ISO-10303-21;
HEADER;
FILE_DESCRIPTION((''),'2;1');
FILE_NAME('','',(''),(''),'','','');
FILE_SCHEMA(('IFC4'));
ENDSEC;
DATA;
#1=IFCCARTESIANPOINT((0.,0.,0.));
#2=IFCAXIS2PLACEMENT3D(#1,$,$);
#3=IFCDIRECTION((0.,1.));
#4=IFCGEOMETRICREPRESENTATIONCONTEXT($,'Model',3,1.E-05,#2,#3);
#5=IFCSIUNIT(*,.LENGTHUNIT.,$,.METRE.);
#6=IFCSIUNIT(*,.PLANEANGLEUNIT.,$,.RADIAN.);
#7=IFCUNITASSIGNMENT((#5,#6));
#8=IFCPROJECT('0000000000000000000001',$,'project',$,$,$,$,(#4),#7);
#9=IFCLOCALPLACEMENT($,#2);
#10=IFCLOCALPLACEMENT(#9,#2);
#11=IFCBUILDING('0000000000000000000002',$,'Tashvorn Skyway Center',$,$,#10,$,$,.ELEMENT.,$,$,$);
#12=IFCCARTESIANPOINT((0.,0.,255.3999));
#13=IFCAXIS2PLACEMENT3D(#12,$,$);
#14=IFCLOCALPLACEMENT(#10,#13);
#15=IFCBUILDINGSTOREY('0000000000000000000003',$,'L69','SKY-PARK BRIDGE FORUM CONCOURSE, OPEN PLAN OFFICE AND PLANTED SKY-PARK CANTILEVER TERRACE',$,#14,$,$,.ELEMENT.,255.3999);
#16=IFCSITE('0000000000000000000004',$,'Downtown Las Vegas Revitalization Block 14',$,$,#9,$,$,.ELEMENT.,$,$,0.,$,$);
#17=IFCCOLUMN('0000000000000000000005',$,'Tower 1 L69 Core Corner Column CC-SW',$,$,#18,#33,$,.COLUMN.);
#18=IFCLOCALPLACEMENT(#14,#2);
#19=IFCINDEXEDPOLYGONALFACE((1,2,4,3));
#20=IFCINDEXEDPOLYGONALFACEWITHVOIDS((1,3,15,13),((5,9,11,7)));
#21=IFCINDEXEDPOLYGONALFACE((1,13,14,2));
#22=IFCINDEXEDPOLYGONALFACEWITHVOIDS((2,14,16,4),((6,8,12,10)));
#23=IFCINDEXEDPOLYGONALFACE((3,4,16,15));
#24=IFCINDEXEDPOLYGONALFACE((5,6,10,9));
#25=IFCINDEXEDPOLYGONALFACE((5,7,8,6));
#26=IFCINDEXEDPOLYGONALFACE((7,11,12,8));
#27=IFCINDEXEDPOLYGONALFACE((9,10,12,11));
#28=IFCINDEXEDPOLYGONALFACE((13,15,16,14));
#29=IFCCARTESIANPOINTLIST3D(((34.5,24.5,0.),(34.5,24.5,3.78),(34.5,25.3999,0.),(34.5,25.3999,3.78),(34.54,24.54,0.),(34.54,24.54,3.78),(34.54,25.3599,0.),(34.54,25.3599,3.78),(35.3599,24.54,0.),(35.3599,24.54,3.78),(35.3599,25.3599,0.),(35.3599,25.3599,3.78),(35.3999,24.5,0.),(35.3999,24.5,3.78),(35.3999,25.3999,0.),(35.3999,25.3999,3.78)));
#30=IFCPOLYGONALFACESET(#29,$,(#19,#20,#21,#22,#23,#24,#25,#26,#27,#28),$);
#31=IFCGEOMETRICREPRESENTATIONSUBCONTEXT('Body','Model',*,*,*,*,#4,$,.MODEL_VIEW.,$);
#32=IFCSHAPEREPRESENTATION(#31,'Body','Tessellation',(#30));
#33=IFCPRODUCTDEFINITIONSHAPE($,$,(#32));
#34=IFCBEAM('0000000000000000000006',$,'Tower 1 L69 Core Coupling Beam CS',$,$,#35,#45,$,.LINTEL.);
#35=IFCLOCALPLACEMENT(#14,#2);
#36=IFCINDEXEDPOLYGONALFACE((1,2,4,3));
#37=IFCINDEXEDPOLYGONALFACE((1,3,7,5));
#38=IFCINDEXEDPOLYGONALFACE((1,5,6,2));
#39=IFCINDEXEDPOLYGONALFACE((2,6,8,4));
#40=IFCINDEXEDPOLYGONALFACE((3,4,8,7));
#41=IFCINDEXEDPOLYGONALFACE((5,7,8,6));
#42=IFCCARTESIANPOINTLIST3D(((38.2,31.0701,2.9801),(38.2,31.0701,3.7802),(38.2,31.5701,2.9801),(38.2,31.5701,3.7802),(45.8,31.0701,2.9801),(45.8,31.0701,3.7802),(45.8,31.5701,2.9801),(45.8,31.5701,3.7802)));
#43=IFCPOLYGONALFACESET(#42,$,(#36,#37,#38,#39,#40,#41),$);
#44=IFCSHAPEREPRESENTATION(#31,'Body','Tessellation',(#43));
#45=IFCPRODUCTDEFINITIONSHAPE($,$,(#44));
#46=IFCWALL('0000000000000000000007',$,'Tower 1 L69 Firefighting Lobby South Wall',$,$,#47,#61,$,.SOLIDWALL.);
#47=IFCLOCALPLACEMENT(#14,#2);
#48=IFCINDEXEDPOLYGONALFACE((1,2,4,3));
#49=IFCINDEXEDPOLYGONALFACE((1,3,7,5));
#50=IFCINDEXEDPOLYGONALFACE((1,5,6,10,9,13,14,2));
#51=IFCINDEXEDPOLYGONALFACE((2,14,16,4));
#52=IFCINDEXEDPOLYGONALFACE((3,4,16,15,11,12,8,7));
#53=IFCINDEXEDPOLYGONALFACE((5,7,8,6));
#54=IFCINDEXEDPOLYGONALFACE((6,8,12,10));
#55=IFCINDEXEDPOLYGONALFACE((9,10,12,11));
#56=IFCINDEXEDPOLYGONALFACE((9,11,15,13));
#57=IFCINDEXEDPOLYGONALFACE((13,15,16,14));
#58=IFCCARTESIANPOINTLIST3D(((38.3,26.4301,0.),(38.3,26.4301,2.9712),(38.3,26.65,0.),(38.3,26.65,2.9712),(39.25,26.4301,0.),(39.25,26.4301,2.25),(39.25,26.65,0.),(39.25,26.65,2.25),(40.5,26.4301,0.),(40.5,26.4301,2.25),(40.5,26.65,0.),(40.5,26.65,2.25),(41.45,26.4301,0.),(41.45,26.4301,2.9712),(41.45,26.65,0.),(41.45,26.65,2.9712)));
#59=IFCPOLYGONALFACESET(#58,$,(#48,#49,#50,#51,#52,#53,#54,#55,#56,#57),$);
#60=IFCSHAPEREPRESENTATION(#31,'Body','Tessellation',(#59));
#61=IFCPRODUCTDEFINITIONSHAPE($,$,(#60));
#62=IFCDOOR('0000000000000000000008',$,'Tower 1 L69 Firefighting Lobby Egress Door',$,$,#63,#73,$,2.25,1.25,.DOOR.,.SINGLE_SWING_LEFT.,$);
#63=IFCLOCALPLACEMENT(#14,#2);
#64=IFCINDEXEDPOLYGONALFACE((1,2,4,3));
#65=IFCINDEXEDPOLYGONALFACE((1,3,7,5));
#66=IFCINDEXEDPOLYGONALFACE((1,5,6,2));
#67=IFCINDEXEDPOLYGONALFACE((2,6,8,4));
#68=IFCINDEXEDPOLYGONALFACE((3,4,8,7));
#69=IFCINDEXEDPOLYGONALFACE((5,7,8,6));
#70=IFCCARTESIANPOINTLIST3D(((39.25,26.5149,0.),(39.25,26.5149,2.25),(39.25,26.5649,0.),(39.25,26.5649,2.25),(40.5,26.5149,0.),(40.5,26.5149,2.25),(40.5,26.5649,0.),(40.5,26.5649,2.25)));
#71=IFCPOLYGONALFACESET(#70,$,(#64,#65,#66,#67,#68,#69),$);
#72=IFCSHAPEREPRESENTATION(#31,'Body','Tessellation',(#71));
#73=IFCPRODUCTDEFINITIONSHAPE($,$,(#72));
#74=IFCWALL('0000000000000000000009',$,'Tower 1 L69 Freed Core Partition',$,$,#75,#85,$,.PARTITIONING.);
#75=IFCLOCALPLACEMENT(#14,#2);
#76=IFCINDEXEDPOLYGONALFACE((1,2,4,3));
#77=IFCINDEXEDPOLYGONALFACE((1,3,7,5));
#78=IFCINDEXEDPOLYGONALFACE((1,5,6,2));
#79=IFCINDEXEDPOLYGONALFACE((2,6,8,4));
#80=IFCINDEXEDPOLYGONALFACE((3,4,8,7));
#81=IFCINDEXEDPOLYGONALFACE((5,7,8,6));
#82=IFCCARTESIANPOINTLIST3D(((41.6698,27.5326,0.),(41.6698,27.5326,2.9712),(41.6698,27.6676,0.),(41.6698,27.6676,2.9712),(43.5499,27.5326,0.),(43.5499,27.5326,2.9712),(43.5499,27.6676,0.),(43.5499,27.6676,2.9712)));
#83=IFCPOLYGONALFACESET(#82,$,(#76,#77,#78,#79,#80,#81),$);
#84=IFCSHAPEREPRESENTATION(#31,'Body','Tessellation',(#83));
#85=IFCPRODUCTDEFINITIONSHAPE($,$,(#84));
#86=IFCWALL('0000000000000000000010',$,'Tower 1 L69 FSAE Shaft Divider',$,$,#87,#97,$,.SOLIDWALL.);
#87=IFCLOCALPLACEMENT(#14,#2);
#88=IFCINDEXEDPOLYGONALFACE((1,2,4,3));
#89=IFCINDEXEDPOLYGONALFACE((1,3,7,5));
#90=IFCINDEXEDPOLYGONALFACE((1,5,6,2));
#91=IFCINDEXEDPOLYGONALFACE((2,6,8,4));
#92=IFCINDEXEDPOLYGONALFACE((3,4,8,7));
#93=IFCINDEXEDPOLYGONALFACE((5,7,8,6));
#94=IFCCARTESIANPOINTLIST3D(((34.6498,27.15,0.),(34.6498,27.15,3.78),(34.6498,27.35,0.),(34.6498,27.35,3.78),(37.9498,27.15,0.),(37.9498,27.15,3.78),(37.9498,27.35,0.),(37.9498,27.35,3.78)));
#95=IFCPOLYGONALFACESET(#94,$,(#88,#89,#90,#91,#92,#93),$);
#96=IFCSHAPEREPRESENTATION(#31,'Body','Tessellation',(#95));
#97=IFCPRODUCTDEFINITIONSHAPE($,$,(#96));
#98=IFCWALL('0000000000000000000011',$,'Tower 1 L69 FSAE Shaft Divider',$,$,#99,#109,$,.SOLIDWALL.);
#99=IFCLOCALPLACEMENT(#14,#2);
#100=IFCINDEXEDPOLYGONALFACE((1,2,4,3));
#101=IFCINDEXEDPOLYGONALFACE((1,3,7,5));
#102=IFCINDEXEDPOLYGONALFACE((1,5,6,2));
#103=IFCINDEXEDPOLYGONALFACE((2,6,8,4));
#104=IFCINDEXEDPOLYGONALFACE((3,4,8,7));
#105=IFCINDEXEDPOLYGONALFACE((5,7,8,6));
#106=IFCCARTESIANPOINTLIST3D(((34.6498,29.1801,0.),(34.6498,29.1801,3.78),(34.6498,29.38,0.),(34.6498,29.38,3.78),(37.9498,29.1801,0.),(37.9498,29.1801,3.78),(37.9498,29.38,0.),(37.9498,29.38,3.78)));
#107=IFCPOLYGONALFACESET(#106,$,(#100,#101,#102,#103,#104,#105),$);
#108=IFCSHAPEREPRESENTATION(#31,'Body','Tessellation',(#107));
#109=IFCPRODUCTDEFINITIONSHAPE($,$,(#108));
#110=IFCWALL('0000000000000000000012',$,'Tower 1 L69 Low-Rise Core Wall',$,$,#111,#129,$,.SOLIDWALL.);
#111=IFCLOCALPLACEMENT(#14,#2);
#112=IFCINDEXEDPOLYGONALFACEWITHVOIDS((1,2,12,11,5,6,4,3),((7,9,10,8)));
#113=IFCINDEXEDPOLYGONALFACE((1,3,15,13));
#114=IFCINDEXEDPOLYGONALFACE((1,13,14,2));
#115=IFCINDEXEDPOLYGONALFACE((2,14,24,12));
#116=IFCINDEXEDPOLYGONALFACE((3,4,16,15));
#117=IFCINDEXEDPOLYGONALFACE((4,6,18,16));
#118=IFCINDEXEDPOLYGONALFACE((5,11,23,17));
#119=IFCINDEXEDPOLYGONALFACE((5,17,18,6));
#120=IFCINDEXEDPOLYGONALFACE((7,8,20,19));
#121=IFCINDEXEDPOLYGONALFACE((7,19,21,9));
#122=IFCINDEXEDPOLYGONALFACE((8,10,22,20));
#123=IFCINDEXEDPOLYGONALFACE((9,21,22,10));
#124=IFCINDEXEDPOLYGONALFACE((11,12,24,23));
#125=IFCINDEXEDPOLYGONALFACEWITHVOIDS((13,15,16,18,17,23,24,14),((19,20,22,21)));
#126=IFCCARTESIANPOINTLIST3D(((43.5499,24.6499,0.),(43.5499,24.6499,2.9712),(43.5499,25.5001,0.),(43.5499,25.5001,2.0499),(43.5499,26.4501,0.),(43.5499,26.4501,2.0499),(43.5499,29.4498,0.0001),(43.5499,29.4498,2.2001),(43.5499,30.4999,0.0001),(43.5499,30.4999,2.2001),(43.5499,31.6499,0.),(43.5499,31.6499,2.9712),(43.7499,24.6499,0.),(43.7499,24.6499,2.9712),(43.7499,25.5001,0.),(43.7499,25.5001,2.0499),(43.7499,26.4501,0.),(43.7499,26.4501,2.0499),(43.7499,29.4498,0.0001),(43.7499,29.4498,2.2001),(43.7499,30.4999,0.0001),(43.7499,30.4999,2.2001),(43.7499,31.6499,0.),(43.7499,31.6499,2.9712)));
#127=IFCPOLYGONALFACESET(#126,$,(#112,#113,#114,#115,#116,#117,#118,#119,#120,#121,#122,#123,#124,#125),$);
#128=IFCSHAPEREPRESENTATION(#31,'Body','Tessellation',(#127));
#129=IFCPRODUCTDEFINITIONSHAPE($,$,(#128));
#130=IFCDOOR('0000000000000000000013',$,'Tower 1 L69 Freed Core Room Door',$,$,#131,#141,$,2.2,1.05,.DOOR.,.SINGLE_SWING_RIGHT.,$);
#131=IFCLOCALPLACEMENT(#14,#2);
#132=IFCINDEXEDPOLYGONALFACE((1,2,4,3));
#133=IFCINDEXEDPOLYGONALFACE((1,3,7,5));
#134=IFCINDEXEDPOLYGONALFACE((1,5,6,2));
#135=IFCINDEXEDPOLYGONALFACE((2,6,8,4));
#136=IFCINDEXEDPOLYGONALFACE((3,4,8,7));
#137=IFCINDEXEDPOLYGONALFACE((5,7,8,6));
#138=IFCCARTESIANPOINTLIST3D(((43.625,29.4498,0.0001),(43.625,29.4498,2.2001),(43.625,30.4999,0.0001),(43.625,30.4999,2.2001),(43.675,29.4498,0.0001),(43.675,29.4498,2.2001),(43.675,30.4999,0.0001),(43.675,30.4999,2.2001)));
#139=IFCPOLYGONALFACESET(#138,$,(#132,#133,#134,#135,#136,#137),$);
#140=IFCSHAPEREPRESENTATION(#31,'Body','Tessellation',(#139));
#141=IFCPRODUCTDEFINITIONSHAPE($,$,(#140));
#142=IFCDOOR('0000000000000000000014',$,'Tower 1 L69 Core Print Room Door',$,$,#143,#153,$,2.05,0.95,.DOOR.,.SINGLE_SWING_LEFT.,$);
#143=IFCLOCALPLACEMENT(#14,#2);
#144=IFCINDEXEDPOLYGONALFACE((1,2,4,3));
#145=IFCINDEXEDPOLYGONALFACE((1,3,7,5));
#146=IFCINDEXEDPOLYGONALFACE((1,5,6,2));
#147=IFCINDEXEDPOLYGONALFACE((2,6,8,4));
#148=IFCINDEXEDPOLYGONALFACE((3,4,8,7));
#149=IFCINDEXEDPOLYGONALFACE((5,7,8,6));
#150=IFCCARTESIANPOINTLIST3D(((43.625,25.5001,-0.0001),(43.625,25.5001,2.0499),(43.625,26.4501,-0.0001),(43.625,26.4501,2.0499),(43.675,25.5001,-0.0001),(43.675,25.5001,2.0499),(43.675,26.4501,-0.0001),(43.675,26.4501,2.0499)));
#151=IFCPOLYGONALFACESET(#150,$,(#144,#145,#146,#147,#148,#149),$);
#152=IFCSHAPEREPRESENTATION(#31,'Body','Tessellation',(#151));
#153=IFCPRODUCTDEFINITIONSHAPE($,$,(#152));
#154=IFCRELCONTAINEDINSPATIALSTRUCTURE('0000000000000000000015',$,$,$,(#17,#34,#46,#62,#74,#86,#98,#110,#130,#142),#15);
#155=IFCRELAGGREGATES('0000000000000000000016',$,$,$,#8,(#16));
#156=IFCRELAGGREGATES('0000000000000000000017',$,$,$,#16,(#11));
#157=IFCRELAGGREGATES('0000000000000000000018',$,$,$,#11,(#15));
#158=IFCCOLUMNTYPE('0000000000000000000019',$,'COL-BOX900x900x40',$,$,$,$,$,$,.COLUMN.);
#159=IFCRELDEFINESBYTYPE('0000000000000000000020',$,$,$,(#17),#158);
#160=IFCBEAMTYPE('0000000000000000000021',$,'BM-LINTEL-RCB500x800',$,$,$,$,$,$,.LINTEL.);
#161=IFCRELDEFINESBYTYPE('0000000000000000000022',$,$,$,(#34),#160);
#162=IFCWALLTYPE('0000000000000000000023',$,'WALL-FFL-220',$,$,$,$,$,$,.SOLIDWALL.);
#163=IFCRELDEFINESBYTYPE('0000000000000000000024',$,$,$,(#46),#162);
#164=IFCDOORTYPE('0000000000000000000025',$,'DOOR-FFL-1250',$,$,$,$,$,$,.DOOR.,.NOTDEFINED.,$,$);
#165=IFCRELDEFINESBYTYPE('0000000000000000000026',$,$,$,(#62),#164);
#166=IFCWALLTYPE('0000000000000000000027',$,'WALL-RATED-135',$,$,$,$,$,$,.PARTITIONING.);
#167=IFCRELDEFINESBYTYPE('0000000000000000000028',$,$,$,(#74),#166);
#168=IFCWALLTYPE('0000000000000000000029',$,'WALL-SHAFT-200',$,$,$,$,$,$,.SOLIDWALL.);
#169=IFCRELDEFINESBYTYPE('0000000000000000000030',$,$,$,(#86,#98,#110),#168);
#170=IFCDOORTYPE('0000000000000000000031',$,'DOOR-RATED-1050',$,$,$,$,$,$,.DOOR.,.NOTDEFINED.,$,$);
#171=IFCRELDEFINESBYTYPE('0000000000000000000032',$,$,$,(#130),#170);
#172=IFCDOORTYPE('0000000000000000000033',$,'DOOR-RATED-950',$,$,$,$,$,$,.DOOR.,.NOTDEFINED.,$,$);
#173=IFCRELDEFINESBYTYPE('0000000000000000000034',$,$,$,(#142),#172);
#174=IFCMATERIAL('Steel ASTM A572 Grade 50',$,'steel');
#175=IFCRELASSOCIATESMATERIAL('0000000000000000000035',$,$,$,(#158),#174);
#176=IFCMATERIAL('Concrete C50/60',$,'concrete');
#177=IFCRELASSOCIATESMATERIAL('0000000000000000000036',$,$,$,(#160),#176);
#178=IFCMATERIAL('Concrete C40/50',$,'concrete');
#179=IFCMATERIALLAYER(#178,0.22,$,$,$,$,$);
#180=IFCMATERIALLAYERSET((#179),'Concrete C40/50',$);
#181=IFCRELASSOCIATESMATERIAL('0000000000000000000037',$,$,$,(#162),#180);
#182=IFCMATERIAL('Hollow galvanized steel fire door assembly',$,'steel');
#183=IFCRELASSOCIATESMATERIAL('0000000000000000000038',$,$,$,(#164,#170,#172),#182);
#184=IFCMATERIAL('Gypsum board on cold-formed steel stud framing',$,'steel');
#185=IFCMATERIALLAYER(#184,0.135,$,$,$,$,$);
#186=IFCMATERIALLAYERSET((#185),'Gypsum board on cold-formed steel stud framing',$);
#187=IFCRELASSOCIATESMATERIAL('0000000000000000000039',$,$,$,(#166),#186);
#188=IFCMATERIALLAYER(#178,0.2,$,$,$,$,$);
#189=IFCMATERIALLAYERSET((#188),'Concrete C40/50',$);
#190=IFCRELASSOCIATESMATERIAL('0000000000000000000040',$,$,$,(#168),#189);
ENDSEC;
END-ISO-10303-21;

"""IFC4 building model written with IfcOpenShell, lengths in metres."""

from ifc_helpers import new_model, si_unit, direction, frame, frame_2d, origin, origin_2d, place, context, subcontext, project, spatial, rectangle, hollow_rectangle, extrude, material, layer, layer_set, material_profile, profile_set, type_object, element, fill, save


model = new_model("IFC4")

# Units and contexts
model_context = context("Model", 3, precision=1e-05, world=origin(), true_north=direction((0.0, 1.0)))
body_context = subcontext(model_context, "Body", "Model", "MODEL_VIEW")
ifc_project = project(units=[si_unit("LENGTHUNIT", "METRE"), si_unit("PLANEANGLEUNIT", "RADIAN")], contexts=[model_context])

# Site, building, storey
site_placement = place(None, origin())
site = spatial("IfcSite", under=ifc_project, at=site_placement, Name="Downtown Las Vegas Revitalization Block 14", CompositionType="ELEMENT", RefElevation=0.0)
building_placement = place(site_placement, origin())
building = spatial("IfcBuilding", under=site, at=building_placement, Name="Tashvorn Skyway Center", CompositionType="ELEMENT")
storey_placement = place(building_placement, frame((0.0, 0.0, 255.3999)))
storey = spatial("IfcBuildingStorey", under=building, at=storey_placement, Name="L69", Description="SKY-PARK BRIDGE FORUM CONCOURSE, OPEN PLAN OFFICE AND PLANTED SKY-PARK CANTILEVER TERRACE", CompositionType="ELEMENT", Elevation=255.3999)

# Column
ifc_material_1 = material(Name="Steel ASTM A572 Grade 50", Category="steel")
ifc_material_profile_1 = material_profile(ifc_material_1, hollow_rectangle(XDim=0.8999, YDim=0.8999, WallThickness=0.04, at=origin_2d()), Name="BOX900x900x40")
ifc_profile_set_1 = profile_set([ifc_material_profile_1], Name="Steel ASTM A572 Grade 50")
column_type = type_object("IfcColumnType", Name="COL-BOX900x900x40", PredefinedType="COLUMN", material=ifc_profile_set_1)
column_placement = place(storey_placement, frame((34.95, 24.95, 0.0), z_axis=(0.0, 0.0, 1.0), x_axis=(1.0, 0.0, 0.0)))
element("IfcColumn", 1, at=column_placement, inside=storey, type_object=column_type, Name="Tower 1 L69 Core Corner Column CC-SW", PredefinedType="COLUMN", context=body_context, shape_type="SweptSolid", body=[
    extrude(hollow_rectangle(XDim=0.8999, YDim=0.8999, WallThickness=0.04, at=origin_2d()), origin(), (0.0, 0.0, 1.0), 3.78),
])

# Beam
ifc_material_2 = material(Name="Concrete C50/60", Category="concrete")
ifc_material_profile_2 = material_profile(ifc_material_2, rectangle(XDim=0.5, YDim=0.8, at=origin_2d()), Name="RCB500x800")
ifc_profile_set_2 = profile_set([ifc_material_profile_2], Name="Concrete C50/60")
beam_type = type_object("IfcBeamType", Name="BM-LINTEL-RCB500x800", PredefinedType="LINTEL", material=ifc_profile_set_2)
beam_placement = place(storey_placement, frame((38.2, 31.3201, 3.3801), z_axis=(1.0, 0.0, 0.0), x_axis=(0.0, 1.0, 0.0)))
element("IfcBeam", 2, at=beam_placement, inside=storey, type_object=beam_type, Name="Tower 1 L69 Core Coupling Beam CS", PredefinedType="LINTEL", context=body_context, shape_type="SweptSolid", body=[
    extrude(rectangle(XDim=0.5, YDim=0.8, at=origin_2d()), origin(), (0.0, 0.0, 1.0), 7.6001),
])

# Wall, opening, door
ifc_material_3 = material(Name="Concrete C40/50", Category="concrete")
ifc_layer_1 = layer(ifc_material_3, 0.22)
ifc_layer_set_1 = layer_set([ifc_layer_1], Name="Concrete C40/50")
wall_type_1 = type_object("IfcWallType", Name="WALL-FFL-220", PredefinedType="SOLIDWALL", material=ifc_layer_set_1)
wall_1_placement = place(storey_placement, frame((38.3, 26.54, 0.0), z_axis=(0.0, 0.0, 1.0), x_axis=(1.0, 0.0, 0.0)))
wall_1 = element("IfcWall", 3, at=wall_1_placement, inside=storey, type_object=wall_type_1, Name="Tower 1 L69 Firefighting Lobby South Wall", PredefinedType="SOLIDWALL", context=body_context, shape_type="SweptSolid", body=[
    extrude(rectangle(XDim=3.1499, YDim=0.22, at=frame_2d((1.575, 0.0))), origin(), (0.0, 0.0, 1.0), 2.9712),
])
opening_1_placement = place(wall_1_placement, frame((0.95, 0.0, 0.0)))
opening_1 = element("IfcOpeningElement", 4, at=opening_1_placement, cuts=wall_1, PredefinedType="OPENING", context=body_context, shape_type="SweptSolid", body=[
    extrude(rectangle(XDim=1.25, YDim=2.25, at=frame_2d((0.625, 1.125))), frame((0.0, 0.1199, 0.0), z_axis=(0.0, -1.0, 0.0), x_axis=(1.0, 0.0, 0.0)), (0.0, 0.0, 1.0), 0.24),
])
ifc_material_4 = material(Name="Hollow galvanized steel fire door assembly", Category="steel")
door_type_1 = type_object("IfcDoorType", Name="DOOR-FFL-1250", OperationType="NOTDEFINED", PredefinedType="DOOR", material=ifc_material_4)
door_1_placement = place(opening_1_placement, origin())
door_1 = element("IfcDoor", 5, at=door_1_placement, inside=storey, type_object=door_type_1, Name="Tower 1 L69 Firefighting Lobby Egress Door", OperationType="SINGLE_SWING_LEFT", OverallHeight=2.25, OverallWidth=1.25, PredefinedType="DOOR", context=body_context, shape_type="SweptSolid", body=[
    extrude(rectangle(XDim=1.25, YDim=2.25, at=frame_2d((0.625, 1.125))), frame((0.0, 0.0249, 0.0), z_axis=(0.0, -1.0, 0.0), x_axis=(1.0, 0.0, 0.0)), (0.0, 0.0, 1.0), 0.05),
])
fill(opening_1, door_1)

# Walls
ifc_material_5 = material(Name="Gypsum board on cold-formed steel stud framing", Category="steel")
ifc_layer_2 = layer(ifc_material_5, 0.135)
ifc_layer_set_2 = layer_set([ifc_layer_2], Name="Gypsum board on cold-formed steel stud framing")
wall_type_2 = type_object("IfcWallType", Name="WALL-RATED-135", PredefinedType="PARTITIONING", material=ifc_layer_set_2)
wall_2_placement = place(storey_placement, frame((41.6699, 27.6001, 0.0), z_axis=(0.0, 0.0, 1.0), x_axis=(1.0, 0.0, 0.0)))
element("IfcWall", 6, at=wall_2_placement, inside=storey, type_object=wall_type_2, Name="Tower 1 L69 Freed Core Partition", PredefinedType="PARTITIONING", context=body_context, shape_type="SweptSolid", body=[
    extrude(rectangle(XDim=1.8801, YDim=0.135, at=frame_2d((0.9399, 0.0))), origin(), (0.0, 0.0, 1.0), 2.9712),
])
ifc_layer_3 = layer(ifc_material_3, 0.2)
ifc_layer_set_3 = layer_set([ifc_layer_3], Name="Concrete C40/50")
wall_type_3 = type_object("IfcWallType", Name="WALL-SHAFT-200", PredefinedType="SOLIDWALL", material=ifc_layer_set_3)
for number, where, z_axis, x_axis, name in (
    (7, (34.6499, 27.25, 0.0), (0.0, 0.0, 1.0), (1.0, 0.0, 0.0), "Tower 1 L69 FSAE Shaft Divider"),
    (8, (34.6499, 29.28, 0.0), (0.0, 0.0, 1.0), (1.0, 0.0, 0.0), "Tower 1 L69 FSAE Shaft Divider"),
):
    element("IfcWall", number, at=place(storey_placement, frame(where, z_axis=z_axis, x_axis=x_axis)), inside=storey, type_object=wall_type_3, Name=name, PredefinedType="SOLIDWALL", context=body_context, shape_type="SweptSolid", body=[
        extrude(rectangle(XDim=3.3, YDim=0.2, at=frame_2d((1.6499, 0.0))), origin(), (0.0, 0.0, 1.0), 3.78),
    ])

# Wall, openings, doors
wall_3_placement = place(storey_placement, frame((43.6499, 24.6499, 0.0), z_axis=(0.0, 0.0, 1.0), x_axis=(0.0, 1.0, 0.0)))
wall_3 = element("IfcWall", 9, at=wall_3_placement, inside=storey, type_object=wall_type_3, Name="Tower 1 L69 Low-Rise Core Wall", PredefinedType="SOLIDWALL", context=body_context, shape_type="SweptSolid", body=[
    extrude(rectangle(XDim=7.0, YDim=0.2, at=frame_2d((3.5, 0.0))), origin(), (0.0, 0.0, 1.0), 2.9712),
])
opening_2_placement = place(wall_3_placement, frame((0.8501, 0.0, 0.0)))
opening_2 = element("IfcOpeningElement", 10, at=opening_2_placement, cuts=wall_3, PredefinedType="OPENING", context=body_context, shape_type="SweptSolid", body=[
    extrude(rectangle(XDim=0.95, YDim=2.05, at=frame_2d((0.4751, 1.0249))), frame((0.0, 0.1099, 0.0), z_axis=(0.0, -1.0, 0.0), x_axis=(1.0, 0.0, 0.0)), (0.0, 0.0, 1.0), 0.22),
])
opening_3_placement = place(wall_3_placement, frame((4.8, 0.0, 0.0)))
opening_3 = element("IfcOpeningElement", 11, at=opening_3_placement, cuts=wall_3, PredefinedType="OPENING", context=body_context, shape_type="SweptSolid", body=[
    extrude(rectangle(XDim=1.05, YDim=2.2, at=frame_2d((0.5249, 1.1001))), frame((0.0, 0.1099, 0.0), z_axis=(0.0, -1.0, 0.0), x_axis=(1.0, 0.0, 0.0)), (0.0, 0.0, 1.0), 0.22),
])
door_type_2 = type_object("IfcDoorType", Name="DOOR-RATED-1050", OperationType="NOTDEFINED", PredefinedType="DOOR", material=ifc_material_4)
door_2_placement = place(opening_3_placement, origin())
door_2 = element("IfcDoor", 12, at=door_2_placement, inside=storey, type_object=door_type_2, Name="Tower 1 L69 Freed Core Room Door", OperationType="SINGLE_SWING_RIGHT", OverallHeight=2.2, OverallWidth=1.05, PredefinedType="DOOR", context=body_context, shape_type="SweptSolid", body=[
    extrude(rectangle(XDim=1.05, YDim=2.2, at=frame_2d((0.5249, 1.1001))), frame((0.0, 0.0249, 0.0), z_axis=(0.0, -1.0, 0.0), x_axis=(1.0, 0.0, 0.0)), (0.0, 0.0, 1.0), 0.05),
])
fill(opening_3, door_2)
door_type_3 = type_object("IfcDoorType", Name="DOOR-RATED-950", OperationType="NOTDEFINED", PredefinedType="DOOR", material=ifc_material_4)
door_3_placement = place(opening_2_placement, origin())
door_3 = element("IfcDoor", 13, at=door_3_placement, inside=storey, type_object=door_type_3, Name="Tower 1 L69 Core Print Room Door", OperationType="SINGLE_SWING_LEFT", OverallHeight=2.05, OverallWidth=0.95, PredefinedType="DOOR", context=body_context, shape_type="SweptSolid", body=[
    extrude(rectangle(XDim=0.95, YDim=2.05, at=frame_2d((0.4751, 1.0249))), frame((0.0, 0.0249, 0.0), z_axis=(0.0, -1.0, 0.0), x_axis=(1.0, 0.0, 0.0)), (0.0, 0.0, 1.0), 0.05),
])
fill(opening_2, door_3)

save(model, "model.ifc")
